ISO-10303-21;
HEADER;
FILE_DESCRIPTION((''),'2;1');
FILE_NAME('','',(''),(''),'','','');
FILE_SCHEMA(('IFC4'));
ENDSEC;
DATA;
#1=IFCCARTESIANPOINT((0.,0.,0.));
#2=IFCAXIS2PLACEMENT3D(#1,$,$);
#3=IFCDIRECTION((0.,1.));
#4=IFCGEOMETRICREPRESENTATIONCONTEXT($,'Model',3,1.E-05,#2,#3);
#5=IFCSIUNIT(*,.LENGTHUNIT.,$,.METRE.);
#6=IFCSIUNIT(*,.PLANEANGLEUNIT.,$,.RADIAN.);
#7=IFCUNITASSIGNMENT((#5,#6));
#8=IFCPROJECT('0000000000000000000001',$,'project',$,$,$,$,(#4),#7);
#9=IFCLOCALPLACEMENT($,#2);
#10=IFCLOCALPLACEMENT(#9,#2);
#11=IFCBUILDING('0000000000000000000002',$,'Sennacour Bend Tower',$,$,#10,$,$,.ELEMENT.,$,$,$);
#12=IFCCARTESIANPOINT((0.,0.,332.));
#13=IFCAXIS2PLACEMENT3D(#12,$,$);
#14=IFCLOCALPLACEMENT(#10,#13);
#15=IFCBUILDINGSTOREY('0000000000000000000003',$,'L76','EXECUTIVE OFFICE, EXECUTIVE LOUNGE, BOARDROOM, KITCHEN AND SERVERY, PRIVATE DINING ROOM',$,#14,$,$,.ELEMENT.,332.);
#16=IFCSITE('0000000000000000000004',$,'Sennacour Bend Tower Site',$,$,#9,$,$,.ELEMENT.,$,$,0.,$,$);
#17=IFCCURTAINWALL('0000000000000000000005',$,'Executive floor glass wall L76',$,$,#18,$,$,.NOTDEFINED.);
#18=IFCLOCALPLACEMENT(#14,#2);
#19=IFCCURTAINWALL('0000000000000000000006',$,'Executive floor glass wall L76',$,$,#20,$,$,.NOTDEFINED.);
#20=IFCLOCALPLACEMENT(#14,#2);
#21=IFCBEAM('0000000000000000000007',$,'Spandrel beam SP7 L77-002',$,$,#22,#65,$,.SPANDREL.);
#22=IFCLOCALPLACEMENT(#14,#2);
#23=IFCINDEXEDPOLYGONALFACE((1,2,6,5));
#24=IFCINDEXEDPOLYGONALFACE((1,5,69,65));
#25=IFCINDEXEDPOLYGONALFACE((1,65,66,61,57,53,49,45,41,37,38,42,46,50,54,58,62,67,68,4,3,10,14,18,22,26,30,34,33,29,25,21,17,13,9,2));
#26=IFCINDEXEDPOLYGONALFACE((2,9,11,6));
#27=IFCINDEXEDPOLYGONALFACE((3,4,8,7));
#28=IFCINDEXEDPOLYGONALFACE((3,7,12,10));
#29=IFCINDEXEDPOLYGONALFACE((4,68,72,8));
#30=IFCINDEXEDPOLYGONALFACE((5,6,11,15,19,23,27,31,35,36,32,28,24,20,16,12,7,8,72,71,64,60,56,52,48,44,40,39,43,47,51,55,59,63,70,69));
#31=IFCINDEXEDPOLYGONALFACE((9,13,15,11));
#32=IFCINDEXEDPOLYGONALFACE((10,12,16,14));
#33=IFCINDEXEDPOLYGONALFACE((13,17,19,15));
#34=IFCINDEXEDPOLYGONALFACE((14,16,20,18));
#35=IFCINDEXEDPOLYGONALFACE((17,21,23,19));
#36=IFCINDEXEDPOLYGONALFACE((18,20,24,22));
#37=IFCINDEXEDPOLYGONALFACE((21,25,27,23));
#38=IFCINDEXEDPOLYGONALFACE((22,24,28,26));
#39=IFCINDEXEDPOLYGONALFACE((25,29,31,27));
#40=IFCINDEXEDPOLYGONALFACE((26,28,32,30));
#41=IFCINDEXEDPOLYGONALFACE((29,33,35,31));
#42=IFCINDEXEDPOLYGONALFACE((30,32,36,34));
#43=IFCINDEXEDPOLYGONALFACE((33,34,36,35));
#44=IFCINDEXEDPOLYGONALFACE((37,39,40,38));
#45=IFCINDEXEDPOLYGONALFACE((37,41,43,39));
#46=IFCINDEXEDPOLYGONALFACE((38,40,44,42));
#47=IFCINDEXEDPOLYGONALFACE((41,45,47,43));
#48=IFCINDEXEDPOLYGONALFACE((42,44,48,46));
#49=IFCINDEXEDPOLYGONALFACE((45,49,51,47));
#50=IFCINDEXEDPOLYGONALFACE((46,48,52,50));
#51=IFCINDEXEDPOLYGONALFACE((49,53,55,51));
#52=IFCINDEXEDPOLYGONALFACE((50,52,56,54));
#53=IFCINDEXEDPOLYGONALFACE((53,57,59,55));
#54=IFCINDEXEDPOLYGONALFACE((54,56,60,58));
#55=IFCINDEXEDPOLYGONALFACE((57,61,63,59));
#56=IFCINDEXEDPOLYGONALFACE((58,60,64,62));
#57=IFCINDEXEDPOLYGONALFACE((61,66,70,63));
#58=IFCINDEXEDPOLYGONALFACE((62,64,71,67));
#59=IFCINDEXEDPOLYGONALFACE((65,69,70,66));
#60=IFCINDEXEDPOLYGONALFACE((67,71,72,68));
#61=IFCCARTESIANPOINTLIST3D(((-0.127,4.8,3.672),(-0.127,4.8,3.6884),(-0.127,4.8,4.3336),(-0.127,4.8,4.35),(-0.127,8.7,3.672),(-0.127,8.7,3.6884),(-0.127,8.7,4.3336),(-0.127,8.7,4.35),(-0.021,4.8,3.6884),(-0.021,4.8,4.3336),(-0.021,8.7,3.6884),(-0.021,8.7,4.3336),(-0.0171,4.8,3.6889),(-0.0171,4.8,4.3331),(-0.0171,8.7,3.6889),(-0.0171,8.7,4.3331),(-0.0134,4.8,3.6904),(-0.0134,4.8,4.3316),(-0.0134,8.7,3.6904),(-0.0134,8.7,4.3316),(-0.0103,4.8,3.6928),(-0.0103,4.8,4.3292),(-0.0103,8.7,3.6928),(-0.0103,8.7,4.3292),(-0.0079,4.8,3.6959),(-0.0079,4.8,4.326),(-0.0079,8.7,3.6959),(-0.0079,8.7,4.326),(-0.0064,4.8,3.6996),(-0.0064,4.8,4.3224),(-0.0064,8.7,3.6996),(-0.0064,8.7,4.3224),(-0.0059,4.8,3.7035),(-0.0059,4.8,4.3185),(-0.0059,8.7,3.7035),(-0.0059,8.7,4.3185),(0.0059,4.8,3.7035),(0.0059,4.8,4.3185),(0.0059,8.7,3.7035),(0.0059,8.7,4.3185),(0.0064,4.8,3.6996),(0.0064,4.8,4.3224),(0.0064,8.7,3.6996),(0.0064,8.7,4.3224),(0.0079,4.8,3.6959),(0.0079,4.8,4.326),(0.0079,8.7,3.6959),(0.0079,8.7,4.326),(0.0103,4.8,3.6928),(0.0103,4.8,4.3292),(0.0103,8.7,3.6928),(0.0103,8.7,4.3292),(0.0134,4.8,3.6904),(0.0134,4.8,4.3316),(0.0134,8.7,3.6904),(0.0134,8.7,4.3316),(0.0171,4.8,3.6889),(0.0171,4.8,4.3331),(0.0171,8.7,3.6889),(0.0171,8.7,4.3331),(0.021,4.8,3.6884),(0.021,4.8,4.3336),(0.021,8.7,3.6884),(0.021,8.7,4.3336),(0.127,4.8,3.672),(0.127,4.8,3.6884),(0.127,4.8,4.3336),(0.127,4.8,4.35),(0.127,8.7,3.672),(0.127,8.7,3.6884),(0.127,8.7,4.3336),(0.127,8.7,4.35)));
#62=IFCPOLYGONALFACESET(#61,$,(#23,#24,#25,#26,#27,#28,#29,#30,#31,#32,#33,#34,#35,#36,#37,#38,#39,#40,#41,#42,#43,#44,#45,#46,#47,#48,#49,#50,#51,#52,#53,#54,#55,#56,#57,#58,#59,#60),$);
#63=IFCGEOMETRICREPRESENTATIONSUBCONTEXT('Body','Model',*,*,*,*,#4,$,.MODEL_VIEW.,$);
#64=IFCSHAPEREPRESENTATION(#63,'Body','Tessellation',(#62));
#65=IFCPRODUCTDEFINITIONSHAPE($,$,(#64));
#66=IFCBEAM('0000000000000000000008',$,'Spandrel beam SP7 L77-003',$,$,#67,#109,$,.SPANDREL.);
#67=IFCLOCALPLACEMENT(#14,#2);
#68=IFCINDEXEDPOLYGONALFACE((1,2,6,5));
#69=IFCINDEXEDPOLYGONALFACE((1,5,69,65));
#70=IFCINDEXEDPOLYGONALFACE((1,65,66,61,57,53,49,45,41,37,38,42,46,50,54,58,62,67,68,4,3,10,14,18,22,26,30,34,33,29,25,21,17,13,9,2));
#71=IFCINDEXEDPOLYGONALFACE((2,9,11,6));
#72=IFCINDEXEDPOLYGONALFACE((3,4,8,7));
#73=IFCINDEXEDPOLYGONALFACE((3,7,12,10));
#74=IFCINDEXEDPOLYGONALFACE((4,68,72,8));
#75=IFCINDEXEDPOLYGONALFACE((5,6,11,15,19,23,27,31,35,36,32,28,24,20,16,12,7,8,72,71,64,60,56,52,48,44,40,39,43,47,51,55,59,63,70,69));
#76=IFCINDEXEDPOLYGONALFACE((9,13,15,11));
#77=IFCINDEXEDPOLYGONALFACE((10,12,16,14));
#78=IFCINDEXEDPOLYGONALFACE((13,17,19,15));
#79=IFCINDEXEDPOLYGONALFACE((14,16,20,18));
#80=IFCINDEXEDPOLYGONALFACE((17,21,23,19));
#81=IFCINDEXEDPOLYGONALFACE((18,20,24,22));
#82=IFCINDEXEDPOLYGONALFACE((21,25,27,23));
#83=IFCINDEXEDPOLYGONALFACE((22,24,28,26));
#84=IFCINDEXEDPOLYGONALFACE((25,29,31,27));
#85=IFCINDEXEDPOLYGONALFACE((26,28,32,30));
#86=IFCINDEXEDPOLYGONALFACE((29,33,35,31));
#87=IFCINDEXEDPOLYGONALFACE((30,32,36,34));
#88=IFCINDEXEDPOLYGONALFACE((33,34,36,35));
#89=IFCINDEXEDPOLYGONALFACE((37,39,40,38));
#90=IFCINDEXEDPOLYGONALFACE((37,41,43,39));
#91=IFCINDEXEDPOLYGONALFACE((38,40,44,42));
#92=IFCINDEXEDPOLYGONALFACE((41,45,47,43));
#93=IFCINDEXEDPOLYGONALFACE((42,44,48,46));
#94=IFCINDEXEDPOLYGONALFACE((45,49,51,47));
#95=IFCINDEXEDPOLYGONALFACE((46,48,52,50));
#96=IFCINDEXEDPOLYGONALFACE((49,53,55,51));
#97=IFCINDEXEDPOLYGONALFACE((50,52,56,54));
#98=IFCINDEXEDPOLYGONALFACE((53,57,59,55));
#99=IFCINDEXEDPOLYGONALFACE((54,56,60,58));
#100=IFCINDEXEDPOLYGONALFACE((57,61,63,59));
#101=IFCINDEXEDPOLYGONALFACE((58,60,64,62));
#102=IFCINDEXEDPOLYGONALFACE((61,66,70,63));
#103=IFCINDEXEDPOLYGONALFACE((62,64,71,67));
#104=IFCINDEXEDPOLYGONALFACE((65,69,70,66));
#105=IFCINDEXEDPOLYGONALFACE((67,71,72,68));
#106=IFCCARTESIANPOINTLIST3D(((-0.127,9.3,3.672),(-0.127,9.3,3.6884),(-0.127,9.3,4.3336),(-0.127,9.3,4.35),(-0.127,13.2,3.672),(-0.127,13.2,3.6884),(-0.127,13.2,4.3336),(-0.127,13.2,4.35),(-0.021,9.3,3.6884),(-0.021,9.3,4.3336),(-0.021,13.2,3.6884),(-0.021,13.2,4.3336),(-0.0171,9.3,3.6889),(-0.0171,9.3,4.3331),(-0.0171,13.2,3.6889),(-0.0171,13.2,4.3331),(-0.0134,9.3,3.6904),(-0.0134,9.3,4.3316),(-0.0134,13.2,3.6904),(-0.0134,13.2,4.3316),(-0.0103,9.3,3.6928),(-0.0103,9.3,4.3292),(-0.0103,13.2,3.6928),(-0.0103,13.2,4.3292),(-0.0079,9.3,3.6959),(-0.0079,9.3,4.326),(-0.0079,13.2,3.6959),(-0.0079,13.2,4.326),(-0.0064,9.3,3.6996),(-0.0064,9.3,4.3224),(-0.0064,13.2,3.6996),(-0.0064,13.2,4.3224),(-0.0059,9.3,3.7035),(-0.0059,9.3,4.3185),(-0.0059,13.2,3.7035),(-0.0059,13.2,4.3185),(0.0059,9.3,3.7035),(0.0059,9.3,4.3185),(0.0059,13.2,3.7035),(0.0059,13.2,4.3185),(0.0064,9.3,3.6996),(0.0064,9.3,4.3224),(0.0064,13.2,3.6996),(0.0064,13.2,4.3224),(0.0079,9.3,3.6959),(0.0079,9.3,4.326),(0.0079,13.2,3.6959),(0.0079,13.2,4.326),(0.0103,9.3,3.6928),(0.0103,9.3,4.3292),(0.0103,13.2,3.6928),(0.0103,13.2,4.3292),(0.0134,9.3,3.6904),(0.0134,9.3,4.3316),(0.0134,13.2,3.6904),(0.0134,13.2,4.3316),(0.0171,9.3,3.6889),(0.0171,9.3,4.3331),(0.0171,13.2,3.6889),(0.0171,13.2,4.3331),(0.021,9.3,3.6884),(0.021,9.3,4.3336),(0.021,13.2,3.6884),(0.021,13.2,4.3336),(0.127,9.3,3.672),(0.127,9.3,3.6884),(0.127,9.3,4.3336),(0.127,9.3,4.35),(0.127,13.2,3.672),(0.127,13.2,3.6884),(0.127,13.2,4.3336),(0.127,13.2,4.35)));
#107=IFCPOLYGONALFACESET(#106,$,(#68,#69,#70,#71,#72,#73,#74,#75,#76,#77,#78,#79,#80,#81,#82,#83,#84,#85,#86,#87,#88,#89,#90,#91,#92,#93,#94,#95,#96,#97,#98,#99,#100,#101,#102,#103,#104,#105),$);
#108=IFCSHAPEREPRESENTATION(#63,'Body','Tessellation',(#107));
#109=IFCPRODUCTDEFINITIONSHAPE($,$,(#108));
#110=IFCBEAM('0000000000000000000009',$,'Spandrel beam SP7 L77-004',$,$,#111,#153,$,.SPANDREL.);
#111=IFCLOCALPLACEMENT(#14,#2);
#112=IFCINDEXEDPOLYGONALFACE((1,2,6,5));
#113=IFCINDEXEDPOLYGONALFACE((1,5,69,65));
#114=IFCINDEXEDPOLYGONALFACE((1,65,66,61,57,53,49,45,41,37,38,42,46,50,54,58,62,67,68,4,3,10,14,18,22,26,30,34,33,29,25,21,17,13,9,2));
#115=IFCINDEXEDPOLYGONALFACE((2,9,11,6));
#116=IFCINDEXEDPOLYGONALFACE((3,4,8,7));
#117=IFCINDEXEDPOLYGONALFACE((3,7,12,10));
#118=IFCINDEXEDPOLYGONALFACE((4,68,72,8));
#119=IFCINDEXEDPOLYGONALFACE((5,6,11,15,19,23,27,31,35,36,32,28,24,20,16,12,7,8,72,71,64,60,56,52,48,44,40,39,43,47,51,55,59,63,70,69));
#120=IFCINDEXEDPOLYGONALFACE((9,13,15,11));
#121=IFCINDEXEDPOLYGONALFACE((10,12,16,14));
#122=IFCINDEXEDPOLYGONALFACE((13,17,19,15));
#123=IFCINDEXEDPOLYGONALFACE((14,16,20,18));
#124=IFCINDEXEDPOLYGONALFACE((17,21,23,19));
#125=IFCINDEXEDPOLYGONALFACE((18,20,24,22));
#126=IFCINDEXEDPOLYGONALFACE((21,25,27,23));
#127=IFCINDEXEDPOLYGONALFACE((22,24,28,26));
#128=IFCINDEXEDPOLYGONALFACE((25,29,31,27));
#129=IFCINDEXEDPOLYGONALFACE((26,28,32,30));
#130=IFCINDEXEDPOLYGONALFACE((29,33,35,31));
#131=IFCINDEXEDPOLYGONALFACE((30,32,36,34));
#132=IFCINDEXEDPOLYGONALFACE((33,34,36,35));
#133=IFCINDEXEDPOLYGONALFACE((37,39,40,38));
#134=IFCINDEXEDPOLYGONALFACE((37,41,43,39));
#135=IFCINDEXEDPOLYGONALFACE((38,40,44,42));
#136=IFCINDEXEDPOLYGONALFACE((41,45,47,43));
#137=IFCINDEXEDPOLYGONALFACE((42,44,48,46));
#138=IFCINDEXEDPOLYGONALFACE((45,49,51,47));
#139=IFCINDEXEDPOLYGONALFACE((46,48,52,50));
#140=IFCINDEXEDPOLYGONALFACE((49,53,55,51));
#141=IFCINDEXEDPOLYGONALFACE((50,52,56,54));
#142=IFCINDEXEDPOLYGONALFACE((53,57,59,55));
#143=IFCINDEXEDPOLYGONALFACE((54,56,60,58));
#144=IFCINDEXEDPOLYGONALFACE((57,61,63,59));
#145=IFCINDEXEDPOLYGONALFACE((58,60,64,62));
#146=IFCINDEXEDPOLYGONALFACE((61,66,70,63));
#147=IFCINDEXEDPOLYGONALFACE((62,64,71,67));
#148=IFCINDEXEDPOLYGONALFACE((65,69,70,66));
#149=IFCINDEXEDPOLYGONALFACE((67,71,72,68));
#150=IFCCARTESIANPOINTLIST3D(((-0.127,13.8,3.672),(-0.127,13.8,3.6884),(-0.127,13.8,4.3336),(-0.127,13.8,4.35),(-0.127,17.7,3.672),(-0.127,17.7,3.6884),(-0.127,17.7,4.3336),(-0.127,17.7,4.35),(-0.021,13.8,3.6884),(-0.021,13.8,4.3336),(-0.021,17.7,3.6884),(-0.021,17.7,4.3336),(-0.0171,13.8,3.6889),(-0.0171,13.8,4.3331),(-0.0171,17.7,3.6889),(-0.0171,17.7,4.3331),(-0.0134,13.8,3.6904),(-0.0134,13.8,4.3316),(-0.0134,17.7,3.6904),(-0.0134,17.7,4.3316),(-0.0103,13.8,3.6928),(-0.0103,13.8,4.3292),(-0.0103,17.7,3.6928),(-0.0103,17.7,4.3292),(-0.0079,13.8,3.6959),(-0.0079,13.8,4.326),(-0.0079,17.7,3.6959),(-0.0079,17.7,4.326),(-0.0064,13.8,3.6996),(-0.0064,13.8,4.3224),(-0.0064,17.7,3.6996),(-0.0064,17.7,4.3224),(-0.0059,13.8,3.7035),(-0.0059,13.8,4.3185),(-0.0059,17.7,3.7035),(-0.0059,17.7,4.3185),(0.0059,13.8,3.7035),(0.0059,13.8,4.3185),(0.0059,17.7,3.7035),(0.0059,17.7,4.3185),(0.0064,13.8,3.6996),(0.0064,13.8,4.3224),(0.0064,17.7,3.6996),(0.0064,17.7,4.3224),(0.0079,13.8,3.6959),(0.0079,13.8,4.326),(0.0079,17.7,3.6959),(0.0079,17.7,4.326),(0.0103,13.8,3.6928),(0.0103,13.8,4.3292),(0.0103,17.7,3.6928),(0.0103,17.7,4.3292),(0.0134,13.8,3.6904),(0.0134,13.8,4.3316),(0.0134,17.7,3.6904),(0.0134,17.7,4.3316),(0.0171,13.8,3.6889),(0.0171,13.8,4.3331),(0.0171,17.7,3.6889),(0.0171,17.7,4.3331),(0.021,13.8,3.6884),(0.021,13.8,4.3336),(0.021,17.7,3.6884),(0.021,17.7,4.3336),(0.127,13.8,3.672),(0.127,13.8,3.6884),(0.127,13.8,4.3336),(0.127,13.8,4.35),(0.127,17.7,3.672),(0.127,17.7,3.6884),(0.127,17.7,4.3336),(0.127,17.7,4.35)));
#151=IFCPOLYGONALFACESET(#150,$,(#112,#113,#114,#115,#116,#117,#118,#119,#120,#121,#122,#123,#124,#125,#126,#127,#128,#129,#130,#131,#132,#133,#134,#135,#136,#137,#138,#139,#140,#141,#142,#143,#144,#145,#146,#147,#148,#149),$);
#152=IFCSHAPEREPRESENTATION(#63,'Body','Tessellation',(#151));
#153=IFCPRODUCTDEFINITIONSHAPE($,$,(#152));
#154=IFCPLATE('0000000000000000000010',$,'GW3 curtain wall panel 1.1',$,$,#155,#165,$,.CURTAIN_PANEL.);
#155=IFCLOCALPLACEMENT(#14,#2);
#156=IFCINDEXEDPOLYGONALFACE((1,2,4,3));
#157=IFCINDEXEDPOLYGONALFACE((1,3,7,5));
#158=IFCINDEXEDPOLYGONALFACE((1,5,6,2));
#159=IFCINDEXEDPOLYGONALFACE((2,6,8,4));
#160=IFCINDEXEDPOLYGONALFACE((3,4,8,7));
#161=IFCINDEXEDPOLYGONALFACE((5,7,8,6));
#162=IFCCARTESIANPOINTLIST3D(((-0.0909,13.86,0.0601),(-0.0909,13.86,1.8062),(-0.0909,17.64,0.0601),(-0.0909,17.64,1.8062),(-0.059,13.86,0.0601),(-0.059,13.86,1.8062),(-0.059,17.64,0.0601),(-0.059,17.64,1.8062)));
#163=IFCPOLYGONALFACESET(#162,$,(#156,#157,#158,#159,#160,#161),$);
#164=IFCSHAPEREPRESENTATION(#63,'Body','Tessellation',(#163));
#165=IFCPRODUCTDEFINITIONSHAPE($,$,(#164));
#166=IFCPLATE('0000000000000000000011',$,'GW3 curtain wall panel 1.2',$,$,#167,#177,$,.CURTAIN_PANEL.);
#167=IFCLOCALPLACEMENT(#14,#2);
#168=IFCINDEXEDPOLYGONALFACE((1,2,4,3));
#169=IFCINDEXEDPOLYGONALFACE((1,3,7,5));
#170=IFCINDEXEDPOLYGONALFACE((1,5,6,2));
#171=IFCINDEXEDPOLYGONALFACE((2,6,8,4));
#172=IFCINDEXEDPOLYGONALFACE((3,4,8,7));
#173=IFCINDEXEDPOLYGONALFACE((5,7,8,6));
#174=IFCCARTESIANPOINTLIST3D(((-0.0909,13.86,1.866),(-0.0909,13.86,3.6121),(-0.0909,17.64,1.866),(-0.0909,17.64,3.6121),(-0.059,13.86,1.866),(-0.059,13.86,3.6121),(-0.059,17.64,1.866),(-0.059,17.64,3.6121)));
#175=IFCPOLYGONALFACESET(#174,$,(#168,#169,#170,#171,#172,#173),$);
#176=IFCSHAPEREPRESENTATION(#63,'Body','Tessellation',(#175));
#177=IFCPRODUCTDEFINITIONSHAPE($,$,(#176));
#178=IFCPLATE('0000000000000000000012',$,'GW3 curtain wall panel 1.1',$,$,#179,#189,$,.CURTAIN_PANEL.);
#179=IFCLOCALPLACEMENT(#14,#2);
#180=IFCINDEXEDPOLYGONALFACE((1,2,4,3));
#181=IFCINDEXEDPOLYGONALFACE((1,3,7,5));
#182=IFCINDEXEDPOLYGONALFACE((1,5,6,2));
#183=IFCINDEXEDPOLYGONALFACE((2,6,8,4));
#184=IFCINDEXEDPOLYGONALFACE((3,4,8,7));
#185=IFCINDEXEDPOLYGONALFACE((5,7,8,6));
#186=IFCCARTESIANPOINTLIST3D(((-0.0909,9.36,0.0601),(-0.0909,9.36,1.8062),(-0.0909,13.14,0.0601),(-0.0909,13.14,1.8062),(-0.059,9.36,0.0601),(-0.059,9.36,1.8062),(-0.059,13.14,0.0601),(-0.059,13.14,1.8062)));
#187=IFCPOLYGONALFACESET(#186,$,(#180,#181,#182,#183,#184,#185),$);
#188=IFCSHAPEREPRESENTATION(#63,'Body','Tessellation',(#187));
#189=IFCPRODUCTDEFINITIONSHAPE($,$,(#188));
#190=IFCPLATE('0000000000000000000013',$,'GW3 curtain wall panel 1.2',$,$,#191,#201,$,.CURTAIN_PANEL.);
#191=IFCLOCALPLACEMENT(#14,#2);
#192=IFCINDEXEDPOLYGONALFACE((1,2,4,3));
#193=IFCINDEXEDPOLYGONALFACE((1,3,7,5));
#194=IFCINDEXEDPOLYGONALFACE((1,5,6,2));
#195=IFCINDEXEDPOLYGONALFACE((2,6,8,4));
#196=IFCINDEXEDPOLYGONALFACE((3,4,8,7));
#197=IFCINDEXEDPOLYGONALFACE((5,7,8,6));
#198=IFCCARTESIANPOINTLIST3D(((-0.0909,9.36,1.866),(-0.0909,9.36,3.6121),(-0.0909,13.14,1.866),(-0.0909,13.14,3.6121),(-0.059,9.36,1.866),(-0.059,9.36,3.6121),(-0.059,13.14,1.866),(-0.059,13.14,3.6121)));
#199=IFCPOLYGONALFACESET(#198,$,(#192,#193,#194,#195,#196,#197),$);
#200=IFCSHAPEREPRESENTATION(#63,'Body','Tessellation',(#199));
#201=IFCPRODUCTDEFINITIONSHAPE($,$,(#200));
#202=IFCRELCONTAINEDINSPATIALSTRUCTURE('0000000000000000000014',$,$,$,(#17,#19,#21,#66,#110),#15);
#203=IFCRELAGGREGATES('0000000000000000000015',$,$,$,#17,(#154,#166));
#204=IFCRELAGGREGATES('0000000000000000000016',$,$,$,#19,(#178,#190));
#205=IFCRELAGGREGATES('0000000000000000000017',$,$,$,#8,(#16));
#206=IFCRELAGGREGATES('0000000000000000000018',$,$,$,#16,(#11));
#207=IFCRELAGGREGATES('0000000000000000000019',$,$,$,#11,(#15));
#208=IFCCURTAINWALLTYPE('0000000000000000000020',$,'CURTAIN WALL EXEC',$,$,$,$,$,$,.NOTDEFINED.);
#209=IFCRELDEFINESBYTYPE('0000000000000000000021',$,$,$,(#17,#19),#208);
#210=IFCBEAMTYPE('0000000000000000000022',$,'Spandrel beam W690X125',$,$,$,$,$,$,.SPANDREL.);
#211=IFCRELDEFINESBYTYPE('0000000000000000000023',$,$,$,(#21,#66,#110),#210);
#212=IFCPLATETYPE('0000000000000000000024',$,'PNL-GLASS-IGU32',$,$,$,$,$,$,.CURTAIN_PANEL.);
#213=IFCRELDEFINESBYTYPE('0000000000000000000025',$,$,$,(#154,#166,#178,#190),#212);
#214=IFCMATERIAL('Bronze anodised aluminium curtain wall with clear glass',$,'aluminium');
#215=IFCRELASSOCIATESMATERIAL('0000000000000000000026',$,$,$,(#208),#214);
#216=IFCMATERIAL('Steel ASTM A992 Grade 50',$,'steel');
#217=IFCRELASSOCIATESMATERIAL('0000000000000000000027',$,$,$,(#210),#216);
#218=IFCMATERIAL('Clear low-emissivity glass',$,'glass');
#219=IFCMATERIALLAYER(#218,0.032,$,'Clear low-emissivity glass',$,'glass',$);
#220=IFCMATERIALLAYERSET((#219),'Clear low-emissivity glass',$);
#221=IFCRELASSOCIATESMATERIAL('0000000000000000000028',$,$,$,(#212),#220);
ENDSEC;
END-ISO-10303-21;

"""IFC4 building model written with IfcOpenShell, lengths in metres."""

from ifc_helpers import new_model, si_unit, direction, frame, origin, origin_2d, place, context, subcontext, project, spatial, rectangle, i_section, extrude, material, layer, layer_set, material_profile, profile_set, type_object, element, aggregate, save


model = new_model("IFC4")

# Units and contexts
model_context = context("Model", 3, precision=1e-05, world=origin(), true_north=direction((0.0, 1.0)))
body_context = subcontext(model_context, "Body", "Model", "MODEL_VIEW")
ifc_project = project(units=[si_unit("LENGTHUNIT", "METRE"), si_unit("PLANEANGLEUNIT", "RADIAN")], contexts=[model_context])

# Site, building, storey
site_placement = place(None, origin())
site = spatial("IfcSite", under=ifc_project, at=site_placement, Name="Sennacour Bend Tower Site", CompositionType="ELEMENT", RefElevation=0.0)
building_placement = place(site_placement, origin())
building = spatial("IfcBuilding", under=site, at=building_placement, Name="Sennacour Bend Tower", CompositionType="ELEMENT")
storey_placement = place(building_placement, frame((0.0, 0.0, 332.0)))
storey = spatial("IfcBuildingStorey", under=building, at=storey_placement, Name="L76", Description="EXECUTIVE OFFICE, EXECUTIVE LOUNGE, BOARDROOM, KITCHEN AND SERVERY, PRIVATE DINING ROOM", CompositionType="ELEMENT", Elevation=332.0)

# Curtain wall
ifc_material_1 = material(Name="Bronze anodised aluminium curtain wall with clear glass", Category="aluminium")
curtain_wall_type = type_object("IfcCurtainWallType", Name="CURTAIN WALL EXEC", PredefinedType="NOTDEFINED", material=ifc_material_1)
curtain_wall_1_placement = place(storey_placement, origin())
curtain_wall_1 = element("IfcCurtainWall", 1, at=curtain_wall_1_placement, inside=storey, type_object=curtain_wall_type, Name="Executive floor glass wall L76", PredefinedType="NOTDEFINED")

# Curtain wall
curtain_wall_2_placement = place(storey_placement, origin())
curtain_wall_2 = element("IfcCurtainWall", 2, at=curtain_wall_2_placement, inside=storey, type_object=curtain_wall_type, Name="Executive floor glass wall L76", PredefinedType="NOTDEFINED")

# Beams
ifc_material_2 = material(Name="Steel ASTM A992 Grade 50", Category="steel")
ifc_material_profile_1 = material_profile(ifc_material_2, i_section(OverallWidth=0.2539, OverallDepth=0.678, WebThickness=0.0117, FlangeThickness=0.0164, FilletRadius=0.0151, at=origin_2d()), Name="Steel ASTM A992 Grade 50", Category="steel")
ifc_profile_set_1 = profile_set([ifc_material_profile_1], Name="Steel ASTM A992 Grade 50")
beam_type = type_object("IfcBeamType", Name="Spandrel beam W690X125", PredefinedType="SPANDREL", material=ifc_profile_set_1)
for number, where, z_axis, x_axis, name in (
    (3, (0.0, 4.8, 4.011), (0.0, 1.0, 0.0), (-1.0, 0.0, 0.0), "Spandrel beam SP7 L77-002"),
    (4, (0.0, 9.3, 4.011), (0.0, 1.0, 0.0), (-1.0, 0.0, 0.0), "Spandrel beam SP7 L77-003"),
    (5, (0.0, 13.8, 4.011), (0.0, 1.0, 0.0), (-1.0, 0.0, 0.0), "Spandrel beam SP7 L77-004"),
):
    element("IfcBeam", number, at=place(storey_placement, frame(where, z_axis=z_axis, x_axis=x_axis)), inside=storey, type_object=beam_type, Name=name, PredefinedType="SPANDREL", context=body_context, shape_type="SweptSolid", body=[
        extrude(i_section(OverallWidth=0.2539, OverallDepth=0.678, WebThickness=0.0117, FlangeThickness=0.0164, FilletRadius=0.0151, at=origin_2d()), origin(), (0.0, 0.0, 1.0), 3.8999),
    ])

# Plates
ifc_material_3 = material(Name="Clear low-emissivity glass", Category="glass")
ifc_layer_1 = layer(ifc_material_3, 0.032, Name="Clear low-emissivity glass", Category="glass")
ifc_layer_set_1 = layer_set([ifc_layer_1], Name="Clear low-emissivity glass")
plate_type = type_object("IfcPlateType", Name="PNL-GLASS-IGU32", PredefinedType="CURTAIN_PANEL", material=ifc_layer_set_1)
plate_1_placement = place(storey_placement, frame((-0.075, 15.75, 0.0601), z_axis=(0.0, 0.0, 1.0), x_axis=(0.0, -1.0, 0.0)))
plate_1 = element("IfcPlate", 6, at=plate_1_placement, type_object=plate_type, Name="GW3 curtain wall panel 1.1", PredefinedType="CURTAIN_PANEL", context=body_context, shape_type="SweptSolid", body=[
    extrude(rectangle(XDim=3.78, YDim=0.032, at=origin_2d()), origin(), (0.0, 0.0, 1.0), 1.7461),
])
plate_2_placement = place(storey_placement, frame((-0.075, 15.75, 1.866), z_axis=(0.0, 0.0, 1.0), x_axis=(0.0, -1.0, 0.0)))
plate_2 = element("IfcPlate", 7, at=plate_2_placement, type_object=plate_type, Name="GW3 curtain wall panel 1.2", PredefinedType="CURTAIN_PANEL", context=body_context, shape_type="SweptSolid", body=[
    extrude(rectangle(XDim=3.78, YDim=0.032, at=origin_2d()), origin(), (0.0, 0.0, 1.0), 1.7461),
])
aggregate(curtain_wall_1, [plate_1, plate_2])
plate_3_placement = place(storey_placement, frame((-0.075, 11.25, 0.0601), z_axis=(0.0, 0.0, 1.0), x_axis=(0.0, -1.0, 0.0)))
plate_3 = element("IfcPlate", 8, at=plate_3_placement, type_object=plate_type, Name="GW3 curtain wall panel 1.1", PredefinedType="CURTAIN_PANEL", context=body_context, shape_type="SweptSolid", body=[
    extrude(rectangle(XDim=3.78, YDim=0.032, at=origin_2d()), origin(), (0.0, 0.0, 1.0), 1.7461),
])
plate_4_placement = place(storey_placement, frame((-0.075, 11.25, 1.866), z_axis=(0.0, 0.0, 1.0), x_axis=(0.0, -1.0, 0.0)))
plate_4 = element("IfcPlate", 9, at=plate_4_placement, type_object=plate_type, Name="GW3 curtain wall panel 1.2", PredefinedType="CURTAIN_PANEL", context=body_context, shape_type="SweptSolid", body=[
    extrude(rectangle(XDim=3.78, YDim=0.032, at=origin_2d()), origin(), (0.0, 0.0, 1.0), 1.7461),
])
aggregate(curtain_wall_2, [plate_3, plate_4])

save(model, "model.ifc")
